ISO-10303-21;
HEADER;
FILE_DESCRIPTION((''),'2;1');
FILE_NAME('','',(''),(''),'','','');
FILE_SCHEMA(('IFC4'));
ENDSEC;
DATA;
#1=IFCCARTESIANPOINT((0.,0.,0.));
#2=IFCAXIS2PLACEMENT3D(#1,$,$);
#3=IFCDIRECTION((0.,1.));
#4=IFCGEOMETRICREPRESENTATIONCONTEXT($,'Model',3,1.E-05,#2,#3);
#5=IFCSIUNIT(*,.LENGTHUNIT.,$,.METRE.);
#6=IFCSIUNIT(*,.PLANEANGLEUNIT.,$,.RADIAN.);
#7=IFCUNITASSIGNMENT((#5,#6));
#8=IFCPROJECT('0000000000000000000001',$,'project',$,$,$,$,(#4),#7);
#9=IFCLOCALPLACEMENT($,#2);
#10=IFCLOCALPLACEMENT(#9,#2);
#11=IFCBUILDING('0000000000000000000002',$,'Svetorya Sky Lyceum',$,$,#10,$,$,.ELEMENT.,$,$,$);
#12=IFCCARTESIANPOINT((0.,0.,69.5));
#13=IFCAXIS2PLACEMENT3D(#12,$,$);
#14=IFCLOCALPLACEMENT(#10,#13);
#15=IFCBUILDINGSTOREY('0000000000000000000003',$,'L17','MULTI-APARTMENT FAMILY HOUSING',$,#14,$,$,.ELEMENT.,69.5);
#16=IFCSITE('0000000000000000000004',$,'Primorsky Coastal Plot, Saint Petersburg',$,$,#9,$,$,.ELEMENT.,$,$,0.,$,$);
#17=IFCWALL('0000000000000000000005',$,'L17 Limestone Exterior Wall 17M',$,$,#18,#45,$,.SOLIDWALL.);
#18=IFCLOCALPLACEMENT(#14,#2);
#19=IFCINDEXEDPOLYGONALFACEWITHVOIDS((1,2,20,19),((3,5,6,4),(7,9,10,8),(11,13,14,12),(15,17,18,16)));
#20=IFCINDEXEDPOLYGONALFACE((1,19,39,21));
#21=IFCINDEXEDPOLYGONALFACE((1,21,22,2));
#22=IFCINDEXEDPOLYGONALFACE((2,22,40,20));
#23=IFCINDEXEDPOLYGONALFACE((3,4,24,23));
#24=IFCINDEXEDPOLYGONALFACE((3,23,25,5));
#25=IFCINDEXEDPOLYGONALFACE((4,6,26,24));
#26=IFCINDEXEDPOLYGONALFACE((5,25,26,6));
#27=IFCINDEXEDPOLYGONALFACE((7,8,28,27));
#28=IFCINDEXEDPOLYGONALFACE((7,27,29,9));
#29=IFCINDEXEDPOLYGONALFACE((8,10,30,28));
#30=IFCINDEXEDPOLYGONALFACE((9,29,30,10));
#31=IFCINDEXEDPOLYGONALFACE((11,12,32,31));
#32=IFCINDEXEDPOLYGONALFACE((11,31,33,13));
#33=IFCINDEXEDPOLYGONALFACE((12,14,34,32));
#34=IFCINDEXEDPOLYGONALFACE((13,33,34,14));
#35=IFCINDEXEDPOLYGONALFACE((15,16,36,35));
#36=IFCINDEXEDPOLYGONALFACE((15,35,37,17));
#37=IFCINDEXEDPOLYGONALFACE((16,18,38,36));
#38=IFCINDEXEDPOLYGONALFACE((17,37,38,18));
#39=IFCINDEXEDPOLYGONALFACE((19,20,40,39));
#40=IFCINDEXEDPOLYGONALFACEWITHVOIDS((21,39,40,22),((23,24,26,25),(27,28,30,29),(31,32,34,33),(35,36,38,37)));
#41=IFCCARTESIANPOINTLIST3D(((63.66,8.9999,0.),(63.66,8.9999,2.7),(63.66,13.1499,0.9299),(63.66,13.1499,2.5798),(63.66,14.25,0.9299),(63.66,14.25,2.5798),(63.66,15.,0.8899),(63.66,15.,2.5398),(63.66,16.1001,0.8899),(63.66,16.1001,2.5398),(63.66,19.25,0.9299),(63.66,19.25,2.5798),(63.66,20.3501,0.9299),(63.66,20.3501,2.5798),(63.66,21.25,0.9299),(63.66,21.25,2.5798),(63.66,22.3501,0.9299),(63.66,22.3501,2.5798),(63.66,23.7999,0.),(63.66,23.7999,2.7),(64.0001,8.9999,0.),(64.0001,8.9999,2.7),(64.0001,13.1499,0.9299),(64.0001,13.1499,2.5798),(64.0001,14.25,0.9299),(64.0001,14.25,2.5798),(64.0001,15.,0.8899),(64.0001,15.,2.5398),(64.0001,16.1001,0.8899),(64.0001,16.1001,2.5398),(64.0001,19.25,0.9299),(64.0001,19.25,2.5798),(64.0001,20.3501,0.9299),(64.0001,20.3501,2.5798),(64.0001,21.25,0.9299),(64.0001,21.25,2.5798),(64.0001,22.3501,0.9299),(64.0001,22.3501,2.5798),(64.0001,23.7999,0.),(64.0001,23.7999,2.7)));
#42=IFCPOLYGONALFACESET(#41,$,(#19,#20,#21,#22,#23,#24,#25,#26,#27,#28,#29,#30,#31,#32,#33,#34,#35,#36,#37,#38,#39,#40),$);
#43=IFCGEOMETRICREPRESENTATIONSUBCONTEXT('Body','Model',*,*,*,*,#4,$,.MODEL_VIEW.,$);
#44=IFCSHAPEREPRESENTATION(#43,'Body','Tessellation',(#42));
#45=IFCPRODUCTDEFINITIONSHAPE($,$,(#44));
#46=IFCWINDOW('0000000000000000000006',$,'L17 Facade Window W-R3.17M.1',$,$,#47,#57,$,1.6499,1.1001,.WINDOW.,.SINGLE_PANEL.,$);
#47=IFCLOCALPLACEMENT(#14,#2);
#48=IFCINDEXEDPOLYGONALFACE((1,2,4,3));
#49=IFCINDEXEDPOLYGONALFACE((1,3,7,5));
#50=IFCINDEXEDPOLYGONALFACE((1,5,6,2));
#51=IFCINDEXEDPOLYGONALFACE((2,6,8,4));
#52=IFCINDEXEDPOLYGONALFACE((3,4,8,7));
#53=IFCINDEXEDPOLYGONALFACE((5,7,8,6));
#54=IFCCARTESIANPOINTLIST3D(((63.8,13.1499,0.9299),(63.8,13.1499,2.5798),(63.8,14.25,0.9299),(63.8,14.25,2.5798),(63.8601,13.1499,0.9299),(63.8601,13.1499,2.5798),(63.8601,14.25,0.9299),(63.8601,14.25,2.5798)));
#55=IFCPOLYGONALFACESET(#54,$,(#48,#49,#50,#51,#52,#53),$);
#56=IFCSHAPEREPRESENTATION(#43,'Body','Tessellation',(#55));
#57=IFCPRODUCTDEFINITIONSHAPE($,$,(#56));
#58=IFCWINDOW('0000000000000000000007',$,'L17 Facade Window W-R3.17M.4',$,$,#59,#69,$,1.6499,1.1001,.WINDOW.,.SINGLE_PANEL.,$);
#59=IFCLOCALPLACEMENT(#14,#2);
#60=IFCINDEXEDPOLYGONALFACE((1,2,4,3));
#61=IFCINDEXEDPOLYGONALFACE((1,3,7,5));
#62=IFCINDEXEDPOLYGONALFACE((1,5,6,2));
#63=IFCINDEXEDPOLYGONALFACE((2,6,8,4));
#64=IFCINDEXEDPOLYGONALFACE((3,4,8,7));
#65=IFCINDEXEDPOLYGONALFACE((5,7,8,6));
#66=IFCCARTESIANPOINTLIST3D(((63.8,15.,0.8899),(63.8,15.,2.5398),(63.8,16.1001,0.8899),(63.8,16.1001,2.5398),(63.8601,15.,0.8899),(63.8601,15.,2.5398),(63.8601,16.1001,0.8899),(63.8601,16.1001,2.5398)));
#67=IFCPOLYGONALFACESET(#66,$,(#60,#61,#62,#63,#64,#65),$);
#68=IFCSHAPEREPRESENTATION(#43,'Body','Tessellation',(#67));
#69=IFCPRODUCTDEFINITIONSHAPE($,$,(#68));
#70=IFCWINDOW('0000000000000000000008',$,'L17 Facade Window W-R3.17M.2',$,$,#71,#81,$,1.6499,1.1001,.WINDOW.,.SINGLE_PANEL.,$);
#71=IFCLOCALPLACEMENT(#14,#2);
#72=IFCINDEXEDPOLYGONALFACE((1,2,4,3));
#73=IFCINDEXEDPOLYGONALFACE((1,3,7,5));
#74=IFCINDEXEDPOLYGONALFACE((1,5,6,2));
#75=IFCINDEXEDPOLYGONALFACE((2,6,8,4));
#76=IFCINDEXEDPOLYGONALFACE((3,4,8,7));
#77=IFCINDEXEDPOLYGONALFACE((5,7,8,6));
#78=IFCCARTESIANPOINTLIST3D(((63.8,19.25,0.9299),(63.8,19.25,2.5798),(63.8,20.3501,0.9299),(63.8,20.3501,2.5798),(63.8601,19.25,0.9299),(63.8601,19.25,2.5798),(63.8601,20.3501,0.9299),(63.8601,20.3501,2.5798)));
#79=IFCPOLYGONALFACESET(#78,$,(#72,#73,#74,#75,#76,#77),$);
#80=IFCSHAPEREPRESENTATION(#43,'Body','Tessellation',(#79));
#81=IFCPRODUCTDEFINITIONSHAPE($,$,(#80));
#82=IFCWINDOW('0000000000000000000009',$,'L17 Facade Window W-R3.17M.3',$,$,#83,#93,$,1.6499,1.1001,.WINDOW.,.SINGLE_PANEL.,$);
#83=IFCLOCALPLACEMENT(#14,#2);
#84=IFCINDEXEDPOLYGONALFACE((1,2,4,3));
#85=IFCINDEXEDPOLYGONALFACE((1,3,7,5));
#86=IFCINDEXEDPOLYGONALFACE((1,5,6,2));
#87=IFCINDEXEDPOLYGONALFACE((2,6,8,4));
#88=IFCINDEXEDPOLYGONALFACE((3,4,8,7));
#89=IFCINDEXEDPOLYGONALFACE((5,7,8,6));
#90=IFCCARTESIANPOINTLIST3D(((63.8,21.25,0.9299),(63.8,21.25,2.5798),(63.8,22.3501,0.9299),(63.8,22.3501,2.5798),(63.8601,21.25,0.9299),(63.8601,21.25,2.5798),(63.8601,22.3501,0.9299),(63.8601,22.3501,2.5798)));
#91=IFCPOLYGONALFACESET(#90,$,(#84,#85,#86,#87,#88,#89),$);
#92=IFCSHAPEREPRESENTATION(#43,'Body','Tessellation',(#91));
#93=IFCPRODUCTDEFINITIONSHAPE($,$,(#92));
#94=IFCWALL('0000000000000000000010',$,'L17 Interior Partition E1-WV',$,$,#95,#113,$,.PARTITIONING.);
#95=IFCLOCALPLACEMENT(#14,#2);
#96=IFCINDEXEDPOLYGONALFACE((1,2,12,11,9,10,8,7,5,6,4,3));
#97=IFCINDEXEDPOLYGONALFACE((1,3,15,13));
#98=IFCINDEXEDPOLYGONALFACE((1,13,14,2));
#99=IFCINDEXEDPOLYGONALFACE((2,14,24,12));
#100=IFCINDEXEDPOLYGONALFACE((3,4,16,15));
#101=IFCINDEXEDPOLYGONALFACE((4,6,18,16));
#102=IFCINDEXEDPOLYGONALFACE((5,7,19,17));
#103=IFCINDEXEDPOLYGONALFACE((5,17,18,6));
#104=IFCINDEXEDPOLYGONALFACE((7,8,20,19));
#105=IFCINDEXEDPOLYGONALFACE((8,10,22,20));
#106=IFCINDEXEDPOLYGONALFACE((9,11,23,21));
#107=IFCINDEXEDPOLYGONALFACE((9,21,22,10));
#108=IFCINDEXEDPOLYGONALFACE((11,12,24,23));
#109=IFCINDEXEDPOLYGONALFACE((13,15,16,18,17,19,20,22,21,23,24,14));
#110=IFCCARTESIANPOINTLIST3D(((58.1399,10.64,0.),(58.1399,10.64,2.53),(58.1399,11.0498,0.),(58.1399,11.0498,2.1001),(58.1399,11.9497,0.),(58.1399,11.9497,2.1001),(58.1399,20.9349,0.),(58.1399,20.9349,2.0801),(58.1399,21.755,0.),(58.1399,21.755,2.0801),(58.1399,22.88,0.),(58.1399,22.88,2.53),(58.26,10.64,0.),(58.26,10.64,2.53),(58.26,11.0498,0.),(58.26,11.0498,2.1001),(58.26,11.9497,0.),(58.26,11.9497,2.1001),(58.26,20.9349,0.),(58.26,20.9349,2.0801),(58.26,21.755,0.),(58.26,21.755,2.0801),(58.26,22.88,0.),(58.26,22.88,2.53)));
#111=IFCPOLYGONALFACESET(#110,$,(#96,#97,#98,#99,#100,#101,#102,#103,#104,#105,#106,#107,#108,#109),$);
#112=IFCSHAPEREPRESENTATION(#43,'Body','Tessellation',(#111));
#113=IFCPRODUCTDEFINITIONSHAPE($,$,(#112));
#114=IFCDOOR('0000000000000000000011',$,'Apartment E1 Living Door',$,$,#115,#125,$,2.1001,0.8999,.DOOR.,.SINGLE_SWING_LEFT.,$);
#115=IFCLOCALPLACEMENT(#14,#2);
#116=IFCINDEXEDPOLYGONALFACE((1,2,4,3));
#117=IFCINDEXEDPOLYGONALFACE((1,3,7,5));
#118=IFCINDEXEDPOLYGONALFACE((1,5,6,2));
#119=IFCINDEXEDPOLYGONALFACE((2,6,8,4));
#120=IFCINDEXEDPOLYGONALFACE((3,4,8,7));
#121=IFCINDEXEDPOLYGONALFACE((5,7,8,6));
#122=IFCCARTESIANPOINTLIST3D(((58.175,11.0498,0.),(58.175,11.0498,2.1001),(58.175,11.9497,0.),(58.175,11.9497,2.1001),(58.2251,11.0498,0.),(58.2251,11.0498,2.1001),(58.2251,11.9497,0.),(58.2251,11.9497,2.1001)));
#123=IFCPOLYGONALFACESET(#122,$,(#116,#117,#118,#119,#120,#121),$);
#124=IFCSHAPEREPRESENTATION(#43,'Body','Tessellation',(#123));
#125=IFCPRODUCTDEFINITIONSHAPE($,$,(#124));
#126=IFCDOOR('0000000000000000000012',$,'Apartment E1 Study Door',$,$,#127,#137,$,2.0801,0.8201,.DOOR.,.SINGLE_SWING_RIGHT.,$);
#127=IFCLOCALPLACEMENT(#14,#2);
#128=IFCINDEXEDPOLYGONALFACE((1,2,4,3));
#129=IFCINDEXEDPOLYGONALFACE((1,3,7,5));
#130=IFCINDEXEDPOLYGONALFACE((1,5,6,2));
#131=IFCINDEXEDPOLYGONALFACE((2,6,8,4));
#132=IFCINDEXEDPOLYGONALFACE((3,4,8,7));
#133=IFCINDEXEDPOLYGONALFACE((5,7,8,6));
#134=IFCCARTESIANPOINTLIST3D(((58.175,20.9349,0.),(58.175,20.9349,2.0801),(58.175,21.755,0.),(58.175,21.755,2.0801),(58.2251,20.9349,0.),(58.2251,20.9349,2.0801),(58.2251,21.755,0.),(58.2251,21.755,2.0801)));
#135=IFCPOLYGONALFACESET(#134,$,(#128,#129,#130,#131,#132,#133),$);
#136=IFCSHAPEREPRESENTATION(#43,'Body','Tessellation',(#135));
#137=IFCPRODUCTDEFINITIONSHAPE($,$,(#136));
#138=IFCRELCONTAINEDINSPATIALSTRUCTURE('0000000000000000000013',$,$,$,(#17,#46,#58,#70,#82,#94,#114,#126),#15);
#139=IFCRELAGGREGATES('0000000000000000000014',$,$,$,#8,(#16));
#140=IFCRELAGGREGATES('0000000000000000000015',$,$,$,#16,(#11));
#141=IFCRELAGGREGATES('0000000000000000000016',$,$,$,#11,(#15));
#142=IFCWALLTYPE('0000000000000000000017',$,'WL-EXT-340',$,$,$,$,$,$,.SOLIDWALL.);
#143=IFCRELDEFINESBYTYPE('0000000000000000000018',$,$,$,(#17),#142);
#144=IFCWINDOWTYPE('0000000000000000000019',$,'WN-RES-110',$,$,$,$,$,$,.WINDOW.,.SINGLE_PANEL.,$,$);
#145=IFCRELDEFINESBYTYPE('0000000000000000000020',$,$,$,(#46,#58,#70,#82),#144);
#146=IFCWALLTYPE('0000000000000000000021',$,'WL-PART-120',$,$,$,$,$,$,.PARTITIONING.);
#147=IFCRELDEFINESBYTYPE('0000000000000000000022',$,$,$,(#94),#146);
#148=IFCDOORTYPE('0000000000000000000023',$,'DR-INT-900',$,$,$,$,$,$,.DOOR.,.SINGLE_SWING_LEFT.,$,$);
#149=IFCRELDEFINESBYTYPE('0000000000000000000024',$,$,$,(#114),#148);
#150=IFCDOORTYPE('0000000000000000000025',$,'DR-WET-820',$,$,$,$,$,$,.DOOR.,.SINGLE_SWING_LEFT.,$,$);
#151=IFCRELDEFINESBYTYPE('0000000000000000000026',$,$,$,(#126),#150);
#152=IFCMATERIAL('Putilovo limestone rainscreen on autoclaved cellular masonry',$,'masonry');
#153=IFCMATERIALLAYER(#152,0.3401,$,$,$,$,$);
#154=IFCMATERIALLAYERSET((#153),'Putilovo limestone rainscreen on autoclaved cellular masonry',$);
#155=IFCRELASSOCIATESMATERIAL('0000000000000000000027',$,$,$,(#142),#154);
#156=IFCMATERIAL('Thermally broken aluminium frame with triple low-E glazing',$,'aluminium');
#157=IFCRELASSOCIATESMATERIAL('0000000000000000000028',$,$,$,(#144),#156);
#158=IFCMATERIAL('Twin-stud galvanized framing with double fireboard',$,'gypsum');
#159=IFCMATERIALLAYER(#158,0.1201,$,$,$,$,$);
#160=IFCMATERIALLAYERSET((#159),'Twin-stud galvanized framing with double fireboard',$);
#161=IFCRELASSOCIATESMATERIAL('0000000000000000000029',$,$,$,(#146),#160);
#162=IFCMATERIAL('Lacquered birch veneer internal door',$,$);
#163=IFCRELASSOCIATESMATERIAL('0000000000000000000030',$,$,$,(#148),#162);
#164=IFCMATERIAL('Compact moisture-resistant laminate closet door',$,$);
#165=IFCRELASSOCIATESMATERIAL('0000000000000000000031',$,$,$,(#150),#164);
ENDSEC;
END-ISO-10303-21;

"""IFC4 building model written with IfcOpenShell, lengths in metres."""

from ifc_helpers import new_model, si_unit, direction, frame, frame_2d, origin, place, context, subcontext, project, spatial, rectangle, extrude, material, layer, layer_set, type_object, element, fill, save


model = new_model("IFC4")

# Units and contexts
model_context = context("Model", 3, precision=1e-05, world=origin(), true_north=direction((0.0, 1.0)))
body_context = subcontext(model_context, "Body", "Model", "MODEL_VIEW")
ifc_project = project(units=[si_unit("LENGTHUNIT", "METRE"), si_unit("PLANEANGLEUNIT", "RADIAN")], contexts=[model_context])

# Site, building, storey
site_placement = place(None, origin())
site = spatial("IfcSite", under=ifc_project, at=site_placement, Name="Primorsky Coastal Plot, Saint Petersburg", CompositionType="ELEMENT", RefElevation=0.0)
building_placement = place(site_placement, origin())
building = spatial("IfcBuilding", under=site, at=building_placement, Name="Svetorya Sky Lyceum", CompositionType="ELEMENT")
storey_placement = place(building_placement, frame((0.0, 0.0, 69.5)))
storey = spatial("IfcBuildingStorey", under=building, at=storey_placement, Name="L17", Description="MULTI-APARTMENT FAMILY HOUSING", CompositionType="ELEMENT", Elevation=69.5)

# Shared definitions
ifc_material_1 = material(Name="Putilovo limestone rainscreen on autoclaved cellular masonry", Category="masonry")
ifc_layer_1 = layer(ifc_material_1, 0.3401)
ifc_layer_set_1 = layer_set([ifc_layer_1], Name="Putilovo limestone rainscreen on autoclaved cellular masonry")
wall_type_1 = type_object("IfcWallType", Name="WL-EXT-340", PredefinedType="SOLIDWALL", material=ifc_layer_set_1)

# Wall, openings, windows
wall_1_placement = place(storey_placement, frame((63.8301, 9.0, 0.0), z_axis=(0.0, 0.0, 1.0), x_axis=(0.0, 1.0, 0.0)))
wall_1 = element("IfcWall", 1, at=wall_1_placement, inside=storey, type_object=wall_type_1, Name="L17 Limestone Exterior Wall 17M", PredefinedType="SOLIDWALL", context=body_context, shape_type="SweptSolid", body=[
    extrude(rectangle(XDim=14.8, YDim=0.3401, at=frame_2d((7.3999, 0.0))), origin(), (0.0, 0.0, 1.0), 2.7),
])
opening_1_placement = place(wall_1_placement, frame((4.1499, 0.0, 0.9299)))
opening_1 = element("IfcOpeningElement", 2, at=opening_1_placement, cuts=wall_1, PredefinedType="OPENING", context=body_context, shape_type="SweptSolid", body=[
    extrude(rectangle(XDim=1.1001, YDim=1.6499, at=frame_2d((0.55, 0.825))), frame((0.0, 0.1799, 0.0), z_axis=(0.0, -1.0, 0.0), x_axis=(1.0, 0.0, 0.0)), (0.0, 0.0, 1.0), 0.3601),
])
opening_2_placement = place(wall_1_placement, frame((6.0, 0.0, 0.8899)))
opening_2 = element("IfcOpeningElement", 3, at=opening_2_placement, cuts=wall_1, PredefinedType="OPENING", context=body_context, shape_type="SweptSolid", body=[
    extrude(rectangle(XDim=1.1001, YDim=1.6499, at=frame_2d((0.55, 0.825))), frame((0.0, 0.1799, 0.0), z_axis=(0.0, -1.0, 0.0), x_axis=(1.0, 0.0, 0.0)), (0.0, 0.0, 1.0), 0.3601),
])
opening_3_placement = place(wall_1_placement, frame((10.25, 0.0, 0.9299)))
opening_3 = element("IfcOpeningElement", 4, at=opening_3_placement, cuts=wall_1, PredefinedType="OPENING", context=body_context, shape_type="SweptSolid", body=[
    extrude(rectangle(XDim=1.1001, YDim=1.6499, at=frame_2d((0.55, 0.825))), frame((0.0, 0.1799, 0.0), z_axis=(0.0, -1.0, 0.0), x_axis=(1.0, 0.0, 0.0)), (0.0, 0.0, 1.0), 0.3601),
])
opening_4_placement = place(wall_1_placement, frame((12.25, 0.0, 0.9299)))
opening_4 = element("IfcOpeningElement", 5, at=opening_4_placement, cuts=wall_1, PredefinedType="OPENING", context=body_context, shape_type="SweptSolid", body=[
    extrude(rectangle(XDim=1.1001, YDim=1.6499, at=frame_2d((0.55, 0.825))), frame((0.0, 0.1799, 0.0), z_axis=(0.0, -1.0, 0.0), x_axis=(1.0, 0.0, 0.0)), (0.0, 0.0, 1.0), 0.3601),
])
ifc_material_2 = material(Name="Thermally broken aluminium frame with triple low-E glazing", Category="aluminium")
window_type = type_object("IfcWindowType", Name="WN-RES-110", PartitioningType="SINGLE_PANEL", PredefinedType="WINDOW", material=ifc_material_2)
window_1_placement = place(opening_1_placement, origin())
window_1 = element("IfcWindow", 6, at=window_1_placement, inside=storey, type_object=window_type, Name="L17 Facade Window W-R3.17M.1", OverallHeight=1.6499, OverallWidth=1.1001, PartitioningType="SINGLE_PANEL", PredefinedType="WINDOW", context=body_context, shape_type="SweptSolid", body=[
    extrude(rectangle(XDim=1.1001, YDim=1.6499, at=frame_2d((0.55, 0.825))), frame((0.0, 0.03, 0.0), z_axis=(0.0, -1.0, 0.0), x_axis=(1.0, 0.0, 0.0)), (0.0, 0.0, 1.0), 0.0601),
])
fill(opening_1, window_1)
window_2_placement = place(opening_2_placement, origin())
window_2 = element("IfcWindow", 7, at=window_2_placement, inside=storey, type_object=window_type, Name="L17 Facade Window W-R3.17M.4", OverallHeight=1.6499, OverallWidth=1.1001, PartitioningType="SINGLE_PANEL", PredefinedType="WINDOW", context=body_context, shape_type="SweptSolid", body=[
    extrude(rectangle(XDim=1.1001, YDim=1.6499, at=frame_2d((0.55, 0.825))), frame((0.0, 0.03, 0.0), z_axis=(0.0, -1.0, 0.0), x_axis=(1.0, 0.0, 0.0)), (0.0, 0.0, 1.0), 0.0601),
])
fill(opening_2, window_2)
window_3_placement = place(opening_3_placement, origin())
window_3 = element("IfcWindow", 8, at=window_3_placement, inside=storey, type_object=window_type, Name="L17 Facade Window W-R3.17M.2", OverallHeight=1.6499, OverallWidth=1.1001, PartitioningType="SINGLE_PANEL", PredefinedType="WINDOW", context=body_context, shape_type="SweptSolid", body=[
    extrude(rectangle(XDim=1.1001, YDim=1.6499, at=frame_2d((0.55, 0.825))), frame((0.0, 0.03, 0.0), z_axis=(0.0, -1.0, 0.0), x_axis=(1.0, 0.0, 0.0)), (0.0, 0.0, 1.0), 0.0601),
])
fill(opening_3, window_3)
window_4_placement = place(opening_4_placement, origin())
window_4 = element("IfcWindow", 9, at=window_4_placement, inside=storey, type_object=window_type, Name="L17 Facade Window W-R3.17M.3", OverallHeight=1.6499, OverallWidth=1.1001, PartitioningType="SINGLE_PANEL", PredefinedType="WINDOW", context=body_context, shape_type="SweptSolid", body=[
    extrude(rectangle(XDim=1.1001, YDim=1.6499, at=frame_2d((0.55, 0.825))), frame((0.0, 0.03, 0.0), z_axis=(0.0, -1.0, 0.0), x_axis=(1.0, 0.0, 0.0)), (0.0, 0.0, 1.0), 0.0601),
])
fill(opening_4, window_4)

# Wall, openings, doors
ifc_material_3 = material(Name="Twin-stud galvanized framing with double fireboard", Category="gypsum")
ifc_layer_2 = layer(ifc_material_3, 0.1201)
ifc_layer_set_2 = layer_set([ifc_layer_2], Name="Twin-stud galvanized framing with double fireboard")
wall_type_2 = type_object("IfcWallType", Name="WL-PART-120", PredefinedType="PARTITIONING", material=ifc_layer_set_2)
wall_2_placement = place(storey_placement, frame((58.2, 10.6399, 0.0), z_axis=(0.0, 0.0, 1.0), x_axis=(0.0, 1.0, 0.0)))
wall_2 = element("IfcWall", 10, at=wall_2_placement, inside=storey, type_object=wall_type_2, Name="L17 Interior Partition E1-WV", PredefinedType="PARTITIONING", context=body_context, shape_type="SweptSolid", body=[
    extrude(rectangle(XDim=12.24, YDim=0.1201, at=frame_2d((6.1201, 0.0))), origin(), (0.0, 0.0, 1.0), 2.53),
])
opening_5_placement = place(wall_2_placement, frame((0.4099, 0.0, 0.0)))
opening_5 = element("IfcOpeningElement", 11, at=opening_5_placement, cuts=wall_2, PredefinedType="OPENING", context=body_context, shape_type="SweptSolid", body=[
    extrude(rectangle(XDim=0.8999, YDim=2.1001, at=frame_2d((0.45, 1.05))), frame((0.0, 0.0701, 0.0), z_axis=(0.0, -1.0, 0.0), x_axis=(1.0, 0.0, 0.0)), (0.0, 0.0, 1.0), 0.1401),
])
opening_6_placement = place(wall_2_placement, frame((10.2949, 0.0, 0.0)))
opening_6 = element("IfcOpeningElement", 12, at=opening_6_placement, cuts=wall_2, PredefinedType="OPENING", context=body_context, shape_type="SweptSolid", body=[
    extrude(rectangle(XDim=0.8201, YDim=2.0801, at=frame_2d((0.4102, 1.04))), frame((0.0, 0.0701, 0.0), z_axis=(0.0, -1.0, 0.0), x_axis=(1.0, 0.0, 0.0)), (0.0, 0.0, 1.0), 0.1401),
])
ifc_material_4 = material(Name="Lacquered birch veneer internal door")
door_type_1 = type_object("IfcDoorType", Name="DR-INT-900", OperationType="SINGLE_SWING_LEFT", PredefinedType="DOOR", material=ifc_material_4)
door_1_placement = place(opening_5_placement, origin())
door_1 = element("IfcDoor", 13, at=door_1_placement, inside=storey, type_object=door_type_1, Name="Apartment E1 Living Door", OperationType="SINGLE_SWING_LEFT", OverallHeight=2.1001, OverallWidth=0.8999, PredefinedType="DOOR", context=body_context, shape_type="SweptSolid", body=[
    extrude(rectangle(XDim=0.8999, YDim=2.1001, at=frame_2d((0.45, 1.05))), frame((0.0, 0.0249, 0.0), z_axis=(0.0, -1.0, 0.0), x_axis=(1.0, 0.0, 0.0)), (0.0, 0.0, 1.0), 0.05),
])
fill(opening_5, door_1)
ifc_material_5 = material(Name="Compact moisture-resistant laminate closet door")
door_type_2 = type_object("IfcDoorType", Name="DR-WET-820", OperationType="SINGLE_SWING_LEFT", PredefinedType="DOOR", material=ifc_material_5)
door_2_placement = place(opening_6_placement, origin())
door_2 = element("IfcDoor", 14, at=door_2_placement, inside=storey, type_object=door_type_2, Name="Apartment E1 Study Door", OperationType="SINGLE_SWING_RIGHT", OverallHeight=2.0801, OverallWidth=0.8201, PredefinedType="DOOR", context=body_context, shape_type="SweptSolid", body=[
    extrude(rectangle(XDim=0.8201, YDim=2.0801, at=frame_2d((0.4102, 1.04))), frame((0.0, 0.0249, 0.0), z_axis=(0.0, -1.0, 0.0), x_axis=(1.0, 0.0, 0.0)), (0.0, 0.0, 1.0), 0.05),
])
fill(opening_6, door_2)

save(model, "model.ifc")
